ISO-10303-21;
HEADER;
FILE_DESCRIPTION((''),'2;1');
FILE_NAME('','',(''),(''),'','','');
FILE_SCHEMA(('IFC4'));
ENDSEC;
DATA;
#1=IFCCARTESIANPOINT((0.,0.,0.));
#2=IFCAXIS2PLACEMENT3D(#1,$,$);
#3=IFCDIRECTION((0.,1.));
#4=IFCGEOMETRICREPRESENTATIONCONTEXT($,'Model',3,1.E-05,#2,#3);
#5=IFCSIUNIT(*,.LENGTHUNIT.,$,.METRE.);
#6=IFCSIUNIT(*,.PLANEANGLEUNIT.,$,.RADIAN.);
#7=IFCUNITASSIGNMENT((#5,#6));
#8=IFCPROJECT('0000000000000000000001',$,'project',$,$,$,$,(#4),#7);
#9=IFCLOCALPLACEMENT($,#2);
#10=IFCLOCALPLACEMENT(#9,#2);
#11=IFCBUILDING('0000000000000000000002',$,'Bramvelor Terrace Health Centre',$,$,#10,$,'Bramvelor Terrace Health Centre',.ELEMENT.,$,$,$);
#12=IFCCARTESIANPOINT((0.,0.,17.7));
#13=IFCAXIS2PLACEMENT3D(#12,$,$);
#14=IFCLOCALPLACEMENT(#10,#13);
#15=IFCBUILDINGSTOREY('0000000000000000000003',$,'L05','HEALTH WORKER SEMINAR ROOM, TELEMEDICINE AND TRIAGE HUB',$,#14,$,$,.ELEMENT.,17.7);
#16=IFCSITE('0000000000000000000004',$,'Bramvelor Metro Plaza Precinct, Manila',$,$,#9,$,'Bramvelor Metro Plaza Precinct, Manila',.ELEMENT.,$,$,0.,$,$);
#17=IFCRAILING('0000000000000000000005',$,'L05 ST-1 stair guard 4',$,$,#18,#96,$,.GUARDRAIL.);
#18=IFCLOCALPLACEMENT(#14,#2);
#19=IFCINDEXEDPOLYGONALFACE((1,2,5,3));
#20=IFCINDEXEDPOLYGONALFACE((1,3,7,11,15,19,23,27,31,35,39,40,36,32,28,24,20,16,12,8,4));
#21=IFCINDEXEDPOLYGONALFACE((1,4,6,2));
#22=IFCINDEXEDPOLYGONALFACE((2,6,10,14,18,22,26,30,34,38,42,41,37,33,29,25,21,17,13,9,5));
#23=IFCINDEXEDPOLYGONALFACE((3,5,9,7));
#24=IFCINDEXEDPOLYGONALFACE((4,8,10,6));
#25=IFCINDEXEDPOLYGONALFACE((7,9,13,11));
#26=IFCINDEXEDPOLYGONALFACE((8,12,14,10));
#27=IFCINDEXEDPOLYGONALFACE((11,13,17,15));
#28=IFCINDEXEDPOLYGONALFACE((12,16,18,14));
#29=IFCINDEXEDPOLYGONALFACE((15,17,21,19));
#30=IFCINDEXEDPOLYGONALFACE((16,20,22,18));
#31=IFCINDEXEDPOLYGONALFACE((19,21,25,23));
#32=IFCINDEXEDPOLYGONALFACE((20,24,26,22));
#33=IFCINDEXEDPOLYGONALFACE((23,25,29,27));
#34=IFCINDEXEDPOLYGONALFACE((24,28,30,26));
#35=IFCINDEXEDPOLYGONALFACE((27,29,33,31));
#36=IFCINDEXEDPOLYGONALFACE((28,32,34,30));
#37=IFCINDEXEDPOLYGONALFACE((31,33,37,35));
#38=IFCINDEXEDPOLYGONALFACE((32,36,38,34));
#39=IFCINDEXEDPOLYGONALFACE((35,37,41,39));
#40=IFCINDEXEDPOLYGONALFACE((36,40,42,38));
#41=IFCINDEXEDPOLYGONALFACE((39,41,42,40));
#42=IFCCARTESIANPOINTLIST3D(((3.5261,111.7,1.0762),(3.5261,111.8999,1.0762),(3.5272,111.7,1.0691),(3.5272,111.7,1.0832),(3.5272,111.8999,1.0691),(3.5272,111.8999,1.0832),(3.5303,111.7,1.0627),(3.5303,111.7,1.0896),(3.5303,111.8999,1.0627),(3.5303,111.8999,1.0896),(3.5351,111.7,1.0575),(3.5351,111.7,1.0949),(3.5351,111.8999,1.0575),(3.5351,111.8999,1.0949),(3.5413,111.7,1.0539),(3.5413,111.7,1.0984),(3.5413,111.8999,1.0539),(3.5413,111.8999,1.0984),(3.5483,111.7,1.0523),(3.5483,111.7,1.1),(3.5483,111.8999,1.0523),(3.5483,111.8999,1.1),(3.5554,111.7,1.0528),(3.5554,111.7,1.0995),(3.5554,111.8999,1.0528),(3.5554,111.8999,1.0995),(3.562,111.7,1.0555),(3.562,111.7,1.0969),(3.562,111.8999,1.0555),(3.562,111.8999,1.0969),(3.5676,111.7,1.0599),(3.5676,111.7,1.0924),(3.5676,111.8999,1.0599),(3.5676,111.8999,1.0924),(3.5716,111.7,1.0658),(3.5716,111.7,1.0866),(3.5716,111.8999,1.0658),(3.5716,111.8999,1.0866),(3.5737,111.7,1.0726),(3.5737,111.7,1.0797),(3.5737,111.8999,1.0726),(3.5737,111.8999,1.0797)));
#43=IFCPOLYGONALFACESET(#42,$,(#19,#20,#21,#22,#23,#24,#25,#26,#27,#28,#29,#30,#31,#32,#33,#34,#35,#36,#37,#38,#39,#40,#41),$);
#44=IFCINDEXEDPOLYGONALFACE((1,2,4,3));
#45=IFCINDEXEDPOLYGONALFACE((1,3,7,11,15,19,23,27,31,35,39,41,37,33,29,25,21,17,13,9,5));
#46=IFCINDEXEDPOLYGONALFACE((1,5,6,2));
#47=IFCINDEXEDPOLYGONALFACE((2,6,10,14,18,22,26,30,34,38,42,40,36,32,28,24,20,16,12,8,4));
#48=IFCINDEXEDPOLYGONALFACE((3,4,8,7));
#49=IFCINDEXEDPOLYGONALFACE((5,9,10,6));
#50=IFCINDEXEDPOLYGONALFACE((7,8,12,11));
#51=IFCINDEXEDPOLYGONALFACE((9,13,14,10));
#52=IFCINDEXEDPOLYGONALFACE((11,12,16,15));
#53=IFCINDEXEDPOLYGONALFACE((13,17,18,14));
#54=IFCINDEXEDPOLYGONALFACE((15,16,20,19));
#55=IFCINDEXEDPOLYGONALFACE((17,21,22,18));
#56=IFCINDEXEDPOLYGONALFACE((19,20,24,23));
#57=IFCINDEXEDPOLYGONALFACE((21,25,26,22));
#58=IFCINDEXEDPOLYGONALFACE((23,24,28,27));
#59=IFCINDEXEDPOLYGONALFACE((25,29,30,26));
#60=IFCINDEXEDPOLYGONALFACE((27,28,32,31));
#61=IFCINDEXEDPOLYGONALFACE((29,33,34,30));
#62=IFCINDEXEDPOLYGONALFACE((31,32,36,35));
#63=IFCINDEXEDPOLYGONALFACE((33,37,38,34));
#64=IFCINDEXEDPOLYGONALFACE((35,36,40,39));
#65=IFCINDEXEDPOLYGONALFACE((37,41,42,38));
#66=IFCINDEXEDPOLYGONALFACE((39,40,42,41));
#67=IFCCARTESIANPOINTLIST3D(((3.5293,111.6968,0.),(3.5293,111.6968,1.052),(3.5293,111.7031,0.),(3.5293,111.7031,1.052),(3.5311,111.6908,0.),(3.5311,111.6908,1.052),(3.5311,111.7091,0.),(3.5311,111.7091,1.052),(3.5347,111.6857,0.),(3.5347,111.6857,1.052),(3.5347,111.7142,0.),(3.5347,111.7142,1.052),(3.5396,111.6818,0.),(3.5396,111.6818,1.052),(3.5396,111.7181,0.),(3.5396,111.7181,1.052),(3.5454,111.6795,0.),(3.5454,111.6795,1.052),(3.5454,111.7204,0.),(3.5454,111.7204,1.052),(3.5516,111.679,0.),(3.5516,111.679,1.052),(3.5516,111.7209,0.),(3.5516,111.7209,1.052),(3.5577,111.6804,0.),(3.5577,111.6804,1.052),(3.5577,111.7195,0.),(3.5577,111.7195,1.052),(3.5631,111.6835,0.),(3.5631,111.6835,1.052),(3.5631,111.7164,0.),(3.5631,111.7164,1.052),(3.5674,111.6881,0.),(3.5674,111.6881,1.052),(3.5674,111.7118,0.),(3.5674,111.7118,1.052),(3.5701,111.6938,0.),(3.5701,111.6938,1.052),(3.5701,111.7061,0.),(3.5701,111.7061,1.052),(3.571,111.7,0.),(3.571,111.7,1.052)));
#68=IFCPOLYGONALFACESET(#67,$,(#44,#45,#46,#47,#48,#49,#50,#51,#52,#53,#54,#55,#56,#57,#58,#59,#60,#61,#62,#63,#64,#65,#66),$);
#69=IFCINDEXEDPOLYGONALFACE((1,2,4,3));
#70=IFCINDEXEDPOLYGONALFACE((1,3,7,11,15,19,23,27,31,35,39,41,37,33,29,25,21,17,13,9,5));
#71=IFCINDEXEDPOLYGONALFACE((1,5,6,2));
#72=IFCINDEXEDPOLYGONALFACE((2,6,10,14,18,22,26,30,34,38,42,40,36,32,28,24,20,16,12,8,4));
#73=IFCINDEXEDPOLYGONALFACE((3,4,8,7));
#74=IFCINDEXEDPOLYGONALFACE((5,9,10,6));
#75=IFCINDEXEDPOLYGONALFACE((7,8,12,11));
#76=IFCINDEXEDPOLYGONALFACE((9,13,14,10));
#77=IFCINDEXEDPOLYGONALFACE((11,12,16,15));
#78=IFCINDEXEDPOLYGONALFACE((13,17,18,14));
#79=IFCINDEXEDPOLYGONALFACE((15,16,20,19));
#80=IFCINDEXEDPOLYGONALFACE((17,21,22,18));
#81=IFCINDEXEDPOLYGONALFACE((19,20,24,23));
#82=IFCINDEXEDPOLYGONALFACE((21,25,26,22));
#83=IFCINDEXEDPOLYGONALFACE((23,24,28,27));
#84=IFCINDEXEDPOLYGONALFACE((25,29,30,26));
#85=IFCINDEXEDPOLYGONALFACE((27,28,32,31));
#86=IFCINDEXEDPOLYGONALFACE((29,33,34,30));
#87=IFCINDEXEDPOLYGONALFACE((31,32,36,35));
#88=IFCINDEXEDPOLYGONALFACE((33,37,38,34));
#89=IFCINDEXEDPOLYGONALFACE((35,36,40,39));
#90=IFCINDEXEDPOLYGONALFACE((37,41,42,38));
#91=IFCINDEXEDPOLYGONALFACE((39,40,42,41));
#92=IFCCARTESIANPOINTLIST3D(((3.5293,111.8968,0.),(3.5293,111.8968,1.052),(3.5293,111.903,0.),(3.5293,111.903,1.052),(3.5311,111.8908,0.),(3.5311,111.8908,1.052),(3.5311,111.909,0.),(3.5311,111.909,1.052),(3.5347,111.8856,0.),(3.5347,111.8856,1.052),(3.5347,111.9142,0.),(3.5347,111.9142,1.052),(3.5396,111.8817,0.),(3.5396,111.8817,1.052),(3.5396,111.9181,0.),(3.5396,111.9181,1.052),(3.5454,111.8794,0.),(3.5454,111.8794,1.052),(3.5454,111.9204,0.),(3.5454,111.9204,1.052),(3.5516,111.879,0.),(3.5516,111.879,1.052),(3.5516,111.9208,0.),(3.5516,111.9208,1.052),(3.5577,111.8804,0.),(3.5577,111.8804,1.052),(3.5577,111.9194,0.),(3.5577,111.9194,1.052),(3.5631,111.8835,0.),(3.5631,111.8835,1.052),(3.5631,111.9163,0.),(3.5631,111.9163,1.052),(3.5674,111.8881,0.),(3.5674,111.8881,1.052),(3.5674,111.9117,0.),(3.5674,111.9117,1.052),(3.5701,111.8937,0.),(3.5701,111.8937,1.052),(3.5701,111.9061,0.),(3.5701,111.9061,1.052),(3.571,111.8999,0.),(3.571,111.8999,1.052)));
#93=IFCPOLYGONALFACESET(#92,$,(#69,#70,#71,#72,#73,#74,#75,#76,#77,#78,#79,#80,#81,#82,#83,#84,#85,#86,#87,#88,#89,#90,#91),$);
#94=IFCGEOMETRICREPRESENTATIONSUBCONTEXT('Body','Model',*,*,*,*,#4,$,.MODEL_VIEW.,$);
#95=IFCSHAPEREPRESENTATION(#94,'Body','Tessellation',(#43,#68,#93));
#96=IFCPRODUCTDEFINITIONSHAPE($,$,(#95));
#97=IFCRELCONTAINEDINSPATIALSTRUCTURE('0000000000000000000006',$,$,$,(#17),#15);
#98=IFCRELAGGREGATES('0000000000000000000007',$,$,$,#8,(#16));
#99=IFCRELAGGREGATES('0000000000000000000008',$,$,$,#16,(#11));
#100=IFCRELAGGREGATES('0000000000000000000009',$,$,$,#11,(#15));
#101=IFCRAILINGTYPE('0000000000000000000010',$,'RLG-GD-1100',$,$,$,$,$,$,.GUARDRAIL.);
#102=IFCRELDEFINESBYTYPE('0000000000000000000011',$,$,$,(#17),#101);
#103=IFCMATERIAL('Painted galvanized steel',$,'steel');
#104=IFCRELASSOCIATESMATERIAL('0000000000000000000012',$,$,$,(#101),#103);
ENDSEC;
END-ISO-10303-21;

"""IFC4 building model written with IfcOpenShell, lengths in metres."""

from ifc_helpers import new_model, si_unit, direction, frame, origin, origin_2d, place, context, subcontext, project, spatial, circle, extrude, material, type_object, element, save


model = new_model("IFC4")

# Units and contexts
model_context = context("Model", 3, precision=1e-05, world=origin(), true_north=direction((0.0, 1.0)))
body_context = subcontext(model_context, "Body", "Model", "MODEL_VIEW")
ifc_project = project(units=[si_unit("LENGTHUNIT", "METRE"), si_unit("PLANEANGLEUNIT", "RADIAN")], contexts=[model_context])

# Site, building, storey
site_placement = place(None, origin())
site = spatial("IfcSite", under=ifc_project, at=site_placement, Name="Bramvelor Metro Plaza Precinct, Manila", LongName="Bramvelor Metro Plaza Precinct, Manila", CompositionType="ELEMENT", RefElevation=0.0)
building_placement = place(site_placement, origin())
building = spatial("IfcBuilding", under=site, at=building_placement, Name="Bramvelor Terrace Health Centre", LongName="Bramvelor Terrace Health Centre", CompositionType="ELEMENT")
storey_placement = place(building_placement, frame((0.0, 0.0, 17.7)))
storey = spatial("IfcBuildingStorey", under=building, at=storey_placement, Name="L05", Description="HEALTH WORKER SEMINAR ROOM, TELEMEDICINE AND TRIAGE HUB", CompositionType="ELEMENT", Elevation=17.7)

# Railing
ifc_material_1 = material(Name="Painted galvanized steel", Category="steel")
railing_type_1 = type_object("IfcRailingType", Name="RLG-GD-1100", PredefinedType="GUARDRAIL", material=ifc_material_1)
railing_1_placement = place(storey_placement, frame((3.55, 111.7, 0.0)))
element("IfcRailing", 1, at=railing_1_placement, inside=storey, type_object=railing_type_1, Name="L05 ST-1 stair guard 4", PredefinedType="GUARDRAIL", context=body_context, shape_type="SweptSolid", body=[
    extrude(circle(Radius=0.0239, at=origin_2d()), frame((0.0, 0.0, 1.0762), z_axis=(0.0, 1.0, 0.0), x_axis=(-1.0, 0.0, 0.0)), (0.0, 0.0, 1.0), 0.2),
    extrude(circle(Radius=0.021, at=origin_2d()), origin(), (0.0, 0.0, 1.0), 1.052),
    extrude(circle(Radius=0.021, at=origin_2d()), frame((0.0, 0.2, 0.0)), (0.0, 0.0, 1.0), 1.052),
])

save(model, "model.ifc")
